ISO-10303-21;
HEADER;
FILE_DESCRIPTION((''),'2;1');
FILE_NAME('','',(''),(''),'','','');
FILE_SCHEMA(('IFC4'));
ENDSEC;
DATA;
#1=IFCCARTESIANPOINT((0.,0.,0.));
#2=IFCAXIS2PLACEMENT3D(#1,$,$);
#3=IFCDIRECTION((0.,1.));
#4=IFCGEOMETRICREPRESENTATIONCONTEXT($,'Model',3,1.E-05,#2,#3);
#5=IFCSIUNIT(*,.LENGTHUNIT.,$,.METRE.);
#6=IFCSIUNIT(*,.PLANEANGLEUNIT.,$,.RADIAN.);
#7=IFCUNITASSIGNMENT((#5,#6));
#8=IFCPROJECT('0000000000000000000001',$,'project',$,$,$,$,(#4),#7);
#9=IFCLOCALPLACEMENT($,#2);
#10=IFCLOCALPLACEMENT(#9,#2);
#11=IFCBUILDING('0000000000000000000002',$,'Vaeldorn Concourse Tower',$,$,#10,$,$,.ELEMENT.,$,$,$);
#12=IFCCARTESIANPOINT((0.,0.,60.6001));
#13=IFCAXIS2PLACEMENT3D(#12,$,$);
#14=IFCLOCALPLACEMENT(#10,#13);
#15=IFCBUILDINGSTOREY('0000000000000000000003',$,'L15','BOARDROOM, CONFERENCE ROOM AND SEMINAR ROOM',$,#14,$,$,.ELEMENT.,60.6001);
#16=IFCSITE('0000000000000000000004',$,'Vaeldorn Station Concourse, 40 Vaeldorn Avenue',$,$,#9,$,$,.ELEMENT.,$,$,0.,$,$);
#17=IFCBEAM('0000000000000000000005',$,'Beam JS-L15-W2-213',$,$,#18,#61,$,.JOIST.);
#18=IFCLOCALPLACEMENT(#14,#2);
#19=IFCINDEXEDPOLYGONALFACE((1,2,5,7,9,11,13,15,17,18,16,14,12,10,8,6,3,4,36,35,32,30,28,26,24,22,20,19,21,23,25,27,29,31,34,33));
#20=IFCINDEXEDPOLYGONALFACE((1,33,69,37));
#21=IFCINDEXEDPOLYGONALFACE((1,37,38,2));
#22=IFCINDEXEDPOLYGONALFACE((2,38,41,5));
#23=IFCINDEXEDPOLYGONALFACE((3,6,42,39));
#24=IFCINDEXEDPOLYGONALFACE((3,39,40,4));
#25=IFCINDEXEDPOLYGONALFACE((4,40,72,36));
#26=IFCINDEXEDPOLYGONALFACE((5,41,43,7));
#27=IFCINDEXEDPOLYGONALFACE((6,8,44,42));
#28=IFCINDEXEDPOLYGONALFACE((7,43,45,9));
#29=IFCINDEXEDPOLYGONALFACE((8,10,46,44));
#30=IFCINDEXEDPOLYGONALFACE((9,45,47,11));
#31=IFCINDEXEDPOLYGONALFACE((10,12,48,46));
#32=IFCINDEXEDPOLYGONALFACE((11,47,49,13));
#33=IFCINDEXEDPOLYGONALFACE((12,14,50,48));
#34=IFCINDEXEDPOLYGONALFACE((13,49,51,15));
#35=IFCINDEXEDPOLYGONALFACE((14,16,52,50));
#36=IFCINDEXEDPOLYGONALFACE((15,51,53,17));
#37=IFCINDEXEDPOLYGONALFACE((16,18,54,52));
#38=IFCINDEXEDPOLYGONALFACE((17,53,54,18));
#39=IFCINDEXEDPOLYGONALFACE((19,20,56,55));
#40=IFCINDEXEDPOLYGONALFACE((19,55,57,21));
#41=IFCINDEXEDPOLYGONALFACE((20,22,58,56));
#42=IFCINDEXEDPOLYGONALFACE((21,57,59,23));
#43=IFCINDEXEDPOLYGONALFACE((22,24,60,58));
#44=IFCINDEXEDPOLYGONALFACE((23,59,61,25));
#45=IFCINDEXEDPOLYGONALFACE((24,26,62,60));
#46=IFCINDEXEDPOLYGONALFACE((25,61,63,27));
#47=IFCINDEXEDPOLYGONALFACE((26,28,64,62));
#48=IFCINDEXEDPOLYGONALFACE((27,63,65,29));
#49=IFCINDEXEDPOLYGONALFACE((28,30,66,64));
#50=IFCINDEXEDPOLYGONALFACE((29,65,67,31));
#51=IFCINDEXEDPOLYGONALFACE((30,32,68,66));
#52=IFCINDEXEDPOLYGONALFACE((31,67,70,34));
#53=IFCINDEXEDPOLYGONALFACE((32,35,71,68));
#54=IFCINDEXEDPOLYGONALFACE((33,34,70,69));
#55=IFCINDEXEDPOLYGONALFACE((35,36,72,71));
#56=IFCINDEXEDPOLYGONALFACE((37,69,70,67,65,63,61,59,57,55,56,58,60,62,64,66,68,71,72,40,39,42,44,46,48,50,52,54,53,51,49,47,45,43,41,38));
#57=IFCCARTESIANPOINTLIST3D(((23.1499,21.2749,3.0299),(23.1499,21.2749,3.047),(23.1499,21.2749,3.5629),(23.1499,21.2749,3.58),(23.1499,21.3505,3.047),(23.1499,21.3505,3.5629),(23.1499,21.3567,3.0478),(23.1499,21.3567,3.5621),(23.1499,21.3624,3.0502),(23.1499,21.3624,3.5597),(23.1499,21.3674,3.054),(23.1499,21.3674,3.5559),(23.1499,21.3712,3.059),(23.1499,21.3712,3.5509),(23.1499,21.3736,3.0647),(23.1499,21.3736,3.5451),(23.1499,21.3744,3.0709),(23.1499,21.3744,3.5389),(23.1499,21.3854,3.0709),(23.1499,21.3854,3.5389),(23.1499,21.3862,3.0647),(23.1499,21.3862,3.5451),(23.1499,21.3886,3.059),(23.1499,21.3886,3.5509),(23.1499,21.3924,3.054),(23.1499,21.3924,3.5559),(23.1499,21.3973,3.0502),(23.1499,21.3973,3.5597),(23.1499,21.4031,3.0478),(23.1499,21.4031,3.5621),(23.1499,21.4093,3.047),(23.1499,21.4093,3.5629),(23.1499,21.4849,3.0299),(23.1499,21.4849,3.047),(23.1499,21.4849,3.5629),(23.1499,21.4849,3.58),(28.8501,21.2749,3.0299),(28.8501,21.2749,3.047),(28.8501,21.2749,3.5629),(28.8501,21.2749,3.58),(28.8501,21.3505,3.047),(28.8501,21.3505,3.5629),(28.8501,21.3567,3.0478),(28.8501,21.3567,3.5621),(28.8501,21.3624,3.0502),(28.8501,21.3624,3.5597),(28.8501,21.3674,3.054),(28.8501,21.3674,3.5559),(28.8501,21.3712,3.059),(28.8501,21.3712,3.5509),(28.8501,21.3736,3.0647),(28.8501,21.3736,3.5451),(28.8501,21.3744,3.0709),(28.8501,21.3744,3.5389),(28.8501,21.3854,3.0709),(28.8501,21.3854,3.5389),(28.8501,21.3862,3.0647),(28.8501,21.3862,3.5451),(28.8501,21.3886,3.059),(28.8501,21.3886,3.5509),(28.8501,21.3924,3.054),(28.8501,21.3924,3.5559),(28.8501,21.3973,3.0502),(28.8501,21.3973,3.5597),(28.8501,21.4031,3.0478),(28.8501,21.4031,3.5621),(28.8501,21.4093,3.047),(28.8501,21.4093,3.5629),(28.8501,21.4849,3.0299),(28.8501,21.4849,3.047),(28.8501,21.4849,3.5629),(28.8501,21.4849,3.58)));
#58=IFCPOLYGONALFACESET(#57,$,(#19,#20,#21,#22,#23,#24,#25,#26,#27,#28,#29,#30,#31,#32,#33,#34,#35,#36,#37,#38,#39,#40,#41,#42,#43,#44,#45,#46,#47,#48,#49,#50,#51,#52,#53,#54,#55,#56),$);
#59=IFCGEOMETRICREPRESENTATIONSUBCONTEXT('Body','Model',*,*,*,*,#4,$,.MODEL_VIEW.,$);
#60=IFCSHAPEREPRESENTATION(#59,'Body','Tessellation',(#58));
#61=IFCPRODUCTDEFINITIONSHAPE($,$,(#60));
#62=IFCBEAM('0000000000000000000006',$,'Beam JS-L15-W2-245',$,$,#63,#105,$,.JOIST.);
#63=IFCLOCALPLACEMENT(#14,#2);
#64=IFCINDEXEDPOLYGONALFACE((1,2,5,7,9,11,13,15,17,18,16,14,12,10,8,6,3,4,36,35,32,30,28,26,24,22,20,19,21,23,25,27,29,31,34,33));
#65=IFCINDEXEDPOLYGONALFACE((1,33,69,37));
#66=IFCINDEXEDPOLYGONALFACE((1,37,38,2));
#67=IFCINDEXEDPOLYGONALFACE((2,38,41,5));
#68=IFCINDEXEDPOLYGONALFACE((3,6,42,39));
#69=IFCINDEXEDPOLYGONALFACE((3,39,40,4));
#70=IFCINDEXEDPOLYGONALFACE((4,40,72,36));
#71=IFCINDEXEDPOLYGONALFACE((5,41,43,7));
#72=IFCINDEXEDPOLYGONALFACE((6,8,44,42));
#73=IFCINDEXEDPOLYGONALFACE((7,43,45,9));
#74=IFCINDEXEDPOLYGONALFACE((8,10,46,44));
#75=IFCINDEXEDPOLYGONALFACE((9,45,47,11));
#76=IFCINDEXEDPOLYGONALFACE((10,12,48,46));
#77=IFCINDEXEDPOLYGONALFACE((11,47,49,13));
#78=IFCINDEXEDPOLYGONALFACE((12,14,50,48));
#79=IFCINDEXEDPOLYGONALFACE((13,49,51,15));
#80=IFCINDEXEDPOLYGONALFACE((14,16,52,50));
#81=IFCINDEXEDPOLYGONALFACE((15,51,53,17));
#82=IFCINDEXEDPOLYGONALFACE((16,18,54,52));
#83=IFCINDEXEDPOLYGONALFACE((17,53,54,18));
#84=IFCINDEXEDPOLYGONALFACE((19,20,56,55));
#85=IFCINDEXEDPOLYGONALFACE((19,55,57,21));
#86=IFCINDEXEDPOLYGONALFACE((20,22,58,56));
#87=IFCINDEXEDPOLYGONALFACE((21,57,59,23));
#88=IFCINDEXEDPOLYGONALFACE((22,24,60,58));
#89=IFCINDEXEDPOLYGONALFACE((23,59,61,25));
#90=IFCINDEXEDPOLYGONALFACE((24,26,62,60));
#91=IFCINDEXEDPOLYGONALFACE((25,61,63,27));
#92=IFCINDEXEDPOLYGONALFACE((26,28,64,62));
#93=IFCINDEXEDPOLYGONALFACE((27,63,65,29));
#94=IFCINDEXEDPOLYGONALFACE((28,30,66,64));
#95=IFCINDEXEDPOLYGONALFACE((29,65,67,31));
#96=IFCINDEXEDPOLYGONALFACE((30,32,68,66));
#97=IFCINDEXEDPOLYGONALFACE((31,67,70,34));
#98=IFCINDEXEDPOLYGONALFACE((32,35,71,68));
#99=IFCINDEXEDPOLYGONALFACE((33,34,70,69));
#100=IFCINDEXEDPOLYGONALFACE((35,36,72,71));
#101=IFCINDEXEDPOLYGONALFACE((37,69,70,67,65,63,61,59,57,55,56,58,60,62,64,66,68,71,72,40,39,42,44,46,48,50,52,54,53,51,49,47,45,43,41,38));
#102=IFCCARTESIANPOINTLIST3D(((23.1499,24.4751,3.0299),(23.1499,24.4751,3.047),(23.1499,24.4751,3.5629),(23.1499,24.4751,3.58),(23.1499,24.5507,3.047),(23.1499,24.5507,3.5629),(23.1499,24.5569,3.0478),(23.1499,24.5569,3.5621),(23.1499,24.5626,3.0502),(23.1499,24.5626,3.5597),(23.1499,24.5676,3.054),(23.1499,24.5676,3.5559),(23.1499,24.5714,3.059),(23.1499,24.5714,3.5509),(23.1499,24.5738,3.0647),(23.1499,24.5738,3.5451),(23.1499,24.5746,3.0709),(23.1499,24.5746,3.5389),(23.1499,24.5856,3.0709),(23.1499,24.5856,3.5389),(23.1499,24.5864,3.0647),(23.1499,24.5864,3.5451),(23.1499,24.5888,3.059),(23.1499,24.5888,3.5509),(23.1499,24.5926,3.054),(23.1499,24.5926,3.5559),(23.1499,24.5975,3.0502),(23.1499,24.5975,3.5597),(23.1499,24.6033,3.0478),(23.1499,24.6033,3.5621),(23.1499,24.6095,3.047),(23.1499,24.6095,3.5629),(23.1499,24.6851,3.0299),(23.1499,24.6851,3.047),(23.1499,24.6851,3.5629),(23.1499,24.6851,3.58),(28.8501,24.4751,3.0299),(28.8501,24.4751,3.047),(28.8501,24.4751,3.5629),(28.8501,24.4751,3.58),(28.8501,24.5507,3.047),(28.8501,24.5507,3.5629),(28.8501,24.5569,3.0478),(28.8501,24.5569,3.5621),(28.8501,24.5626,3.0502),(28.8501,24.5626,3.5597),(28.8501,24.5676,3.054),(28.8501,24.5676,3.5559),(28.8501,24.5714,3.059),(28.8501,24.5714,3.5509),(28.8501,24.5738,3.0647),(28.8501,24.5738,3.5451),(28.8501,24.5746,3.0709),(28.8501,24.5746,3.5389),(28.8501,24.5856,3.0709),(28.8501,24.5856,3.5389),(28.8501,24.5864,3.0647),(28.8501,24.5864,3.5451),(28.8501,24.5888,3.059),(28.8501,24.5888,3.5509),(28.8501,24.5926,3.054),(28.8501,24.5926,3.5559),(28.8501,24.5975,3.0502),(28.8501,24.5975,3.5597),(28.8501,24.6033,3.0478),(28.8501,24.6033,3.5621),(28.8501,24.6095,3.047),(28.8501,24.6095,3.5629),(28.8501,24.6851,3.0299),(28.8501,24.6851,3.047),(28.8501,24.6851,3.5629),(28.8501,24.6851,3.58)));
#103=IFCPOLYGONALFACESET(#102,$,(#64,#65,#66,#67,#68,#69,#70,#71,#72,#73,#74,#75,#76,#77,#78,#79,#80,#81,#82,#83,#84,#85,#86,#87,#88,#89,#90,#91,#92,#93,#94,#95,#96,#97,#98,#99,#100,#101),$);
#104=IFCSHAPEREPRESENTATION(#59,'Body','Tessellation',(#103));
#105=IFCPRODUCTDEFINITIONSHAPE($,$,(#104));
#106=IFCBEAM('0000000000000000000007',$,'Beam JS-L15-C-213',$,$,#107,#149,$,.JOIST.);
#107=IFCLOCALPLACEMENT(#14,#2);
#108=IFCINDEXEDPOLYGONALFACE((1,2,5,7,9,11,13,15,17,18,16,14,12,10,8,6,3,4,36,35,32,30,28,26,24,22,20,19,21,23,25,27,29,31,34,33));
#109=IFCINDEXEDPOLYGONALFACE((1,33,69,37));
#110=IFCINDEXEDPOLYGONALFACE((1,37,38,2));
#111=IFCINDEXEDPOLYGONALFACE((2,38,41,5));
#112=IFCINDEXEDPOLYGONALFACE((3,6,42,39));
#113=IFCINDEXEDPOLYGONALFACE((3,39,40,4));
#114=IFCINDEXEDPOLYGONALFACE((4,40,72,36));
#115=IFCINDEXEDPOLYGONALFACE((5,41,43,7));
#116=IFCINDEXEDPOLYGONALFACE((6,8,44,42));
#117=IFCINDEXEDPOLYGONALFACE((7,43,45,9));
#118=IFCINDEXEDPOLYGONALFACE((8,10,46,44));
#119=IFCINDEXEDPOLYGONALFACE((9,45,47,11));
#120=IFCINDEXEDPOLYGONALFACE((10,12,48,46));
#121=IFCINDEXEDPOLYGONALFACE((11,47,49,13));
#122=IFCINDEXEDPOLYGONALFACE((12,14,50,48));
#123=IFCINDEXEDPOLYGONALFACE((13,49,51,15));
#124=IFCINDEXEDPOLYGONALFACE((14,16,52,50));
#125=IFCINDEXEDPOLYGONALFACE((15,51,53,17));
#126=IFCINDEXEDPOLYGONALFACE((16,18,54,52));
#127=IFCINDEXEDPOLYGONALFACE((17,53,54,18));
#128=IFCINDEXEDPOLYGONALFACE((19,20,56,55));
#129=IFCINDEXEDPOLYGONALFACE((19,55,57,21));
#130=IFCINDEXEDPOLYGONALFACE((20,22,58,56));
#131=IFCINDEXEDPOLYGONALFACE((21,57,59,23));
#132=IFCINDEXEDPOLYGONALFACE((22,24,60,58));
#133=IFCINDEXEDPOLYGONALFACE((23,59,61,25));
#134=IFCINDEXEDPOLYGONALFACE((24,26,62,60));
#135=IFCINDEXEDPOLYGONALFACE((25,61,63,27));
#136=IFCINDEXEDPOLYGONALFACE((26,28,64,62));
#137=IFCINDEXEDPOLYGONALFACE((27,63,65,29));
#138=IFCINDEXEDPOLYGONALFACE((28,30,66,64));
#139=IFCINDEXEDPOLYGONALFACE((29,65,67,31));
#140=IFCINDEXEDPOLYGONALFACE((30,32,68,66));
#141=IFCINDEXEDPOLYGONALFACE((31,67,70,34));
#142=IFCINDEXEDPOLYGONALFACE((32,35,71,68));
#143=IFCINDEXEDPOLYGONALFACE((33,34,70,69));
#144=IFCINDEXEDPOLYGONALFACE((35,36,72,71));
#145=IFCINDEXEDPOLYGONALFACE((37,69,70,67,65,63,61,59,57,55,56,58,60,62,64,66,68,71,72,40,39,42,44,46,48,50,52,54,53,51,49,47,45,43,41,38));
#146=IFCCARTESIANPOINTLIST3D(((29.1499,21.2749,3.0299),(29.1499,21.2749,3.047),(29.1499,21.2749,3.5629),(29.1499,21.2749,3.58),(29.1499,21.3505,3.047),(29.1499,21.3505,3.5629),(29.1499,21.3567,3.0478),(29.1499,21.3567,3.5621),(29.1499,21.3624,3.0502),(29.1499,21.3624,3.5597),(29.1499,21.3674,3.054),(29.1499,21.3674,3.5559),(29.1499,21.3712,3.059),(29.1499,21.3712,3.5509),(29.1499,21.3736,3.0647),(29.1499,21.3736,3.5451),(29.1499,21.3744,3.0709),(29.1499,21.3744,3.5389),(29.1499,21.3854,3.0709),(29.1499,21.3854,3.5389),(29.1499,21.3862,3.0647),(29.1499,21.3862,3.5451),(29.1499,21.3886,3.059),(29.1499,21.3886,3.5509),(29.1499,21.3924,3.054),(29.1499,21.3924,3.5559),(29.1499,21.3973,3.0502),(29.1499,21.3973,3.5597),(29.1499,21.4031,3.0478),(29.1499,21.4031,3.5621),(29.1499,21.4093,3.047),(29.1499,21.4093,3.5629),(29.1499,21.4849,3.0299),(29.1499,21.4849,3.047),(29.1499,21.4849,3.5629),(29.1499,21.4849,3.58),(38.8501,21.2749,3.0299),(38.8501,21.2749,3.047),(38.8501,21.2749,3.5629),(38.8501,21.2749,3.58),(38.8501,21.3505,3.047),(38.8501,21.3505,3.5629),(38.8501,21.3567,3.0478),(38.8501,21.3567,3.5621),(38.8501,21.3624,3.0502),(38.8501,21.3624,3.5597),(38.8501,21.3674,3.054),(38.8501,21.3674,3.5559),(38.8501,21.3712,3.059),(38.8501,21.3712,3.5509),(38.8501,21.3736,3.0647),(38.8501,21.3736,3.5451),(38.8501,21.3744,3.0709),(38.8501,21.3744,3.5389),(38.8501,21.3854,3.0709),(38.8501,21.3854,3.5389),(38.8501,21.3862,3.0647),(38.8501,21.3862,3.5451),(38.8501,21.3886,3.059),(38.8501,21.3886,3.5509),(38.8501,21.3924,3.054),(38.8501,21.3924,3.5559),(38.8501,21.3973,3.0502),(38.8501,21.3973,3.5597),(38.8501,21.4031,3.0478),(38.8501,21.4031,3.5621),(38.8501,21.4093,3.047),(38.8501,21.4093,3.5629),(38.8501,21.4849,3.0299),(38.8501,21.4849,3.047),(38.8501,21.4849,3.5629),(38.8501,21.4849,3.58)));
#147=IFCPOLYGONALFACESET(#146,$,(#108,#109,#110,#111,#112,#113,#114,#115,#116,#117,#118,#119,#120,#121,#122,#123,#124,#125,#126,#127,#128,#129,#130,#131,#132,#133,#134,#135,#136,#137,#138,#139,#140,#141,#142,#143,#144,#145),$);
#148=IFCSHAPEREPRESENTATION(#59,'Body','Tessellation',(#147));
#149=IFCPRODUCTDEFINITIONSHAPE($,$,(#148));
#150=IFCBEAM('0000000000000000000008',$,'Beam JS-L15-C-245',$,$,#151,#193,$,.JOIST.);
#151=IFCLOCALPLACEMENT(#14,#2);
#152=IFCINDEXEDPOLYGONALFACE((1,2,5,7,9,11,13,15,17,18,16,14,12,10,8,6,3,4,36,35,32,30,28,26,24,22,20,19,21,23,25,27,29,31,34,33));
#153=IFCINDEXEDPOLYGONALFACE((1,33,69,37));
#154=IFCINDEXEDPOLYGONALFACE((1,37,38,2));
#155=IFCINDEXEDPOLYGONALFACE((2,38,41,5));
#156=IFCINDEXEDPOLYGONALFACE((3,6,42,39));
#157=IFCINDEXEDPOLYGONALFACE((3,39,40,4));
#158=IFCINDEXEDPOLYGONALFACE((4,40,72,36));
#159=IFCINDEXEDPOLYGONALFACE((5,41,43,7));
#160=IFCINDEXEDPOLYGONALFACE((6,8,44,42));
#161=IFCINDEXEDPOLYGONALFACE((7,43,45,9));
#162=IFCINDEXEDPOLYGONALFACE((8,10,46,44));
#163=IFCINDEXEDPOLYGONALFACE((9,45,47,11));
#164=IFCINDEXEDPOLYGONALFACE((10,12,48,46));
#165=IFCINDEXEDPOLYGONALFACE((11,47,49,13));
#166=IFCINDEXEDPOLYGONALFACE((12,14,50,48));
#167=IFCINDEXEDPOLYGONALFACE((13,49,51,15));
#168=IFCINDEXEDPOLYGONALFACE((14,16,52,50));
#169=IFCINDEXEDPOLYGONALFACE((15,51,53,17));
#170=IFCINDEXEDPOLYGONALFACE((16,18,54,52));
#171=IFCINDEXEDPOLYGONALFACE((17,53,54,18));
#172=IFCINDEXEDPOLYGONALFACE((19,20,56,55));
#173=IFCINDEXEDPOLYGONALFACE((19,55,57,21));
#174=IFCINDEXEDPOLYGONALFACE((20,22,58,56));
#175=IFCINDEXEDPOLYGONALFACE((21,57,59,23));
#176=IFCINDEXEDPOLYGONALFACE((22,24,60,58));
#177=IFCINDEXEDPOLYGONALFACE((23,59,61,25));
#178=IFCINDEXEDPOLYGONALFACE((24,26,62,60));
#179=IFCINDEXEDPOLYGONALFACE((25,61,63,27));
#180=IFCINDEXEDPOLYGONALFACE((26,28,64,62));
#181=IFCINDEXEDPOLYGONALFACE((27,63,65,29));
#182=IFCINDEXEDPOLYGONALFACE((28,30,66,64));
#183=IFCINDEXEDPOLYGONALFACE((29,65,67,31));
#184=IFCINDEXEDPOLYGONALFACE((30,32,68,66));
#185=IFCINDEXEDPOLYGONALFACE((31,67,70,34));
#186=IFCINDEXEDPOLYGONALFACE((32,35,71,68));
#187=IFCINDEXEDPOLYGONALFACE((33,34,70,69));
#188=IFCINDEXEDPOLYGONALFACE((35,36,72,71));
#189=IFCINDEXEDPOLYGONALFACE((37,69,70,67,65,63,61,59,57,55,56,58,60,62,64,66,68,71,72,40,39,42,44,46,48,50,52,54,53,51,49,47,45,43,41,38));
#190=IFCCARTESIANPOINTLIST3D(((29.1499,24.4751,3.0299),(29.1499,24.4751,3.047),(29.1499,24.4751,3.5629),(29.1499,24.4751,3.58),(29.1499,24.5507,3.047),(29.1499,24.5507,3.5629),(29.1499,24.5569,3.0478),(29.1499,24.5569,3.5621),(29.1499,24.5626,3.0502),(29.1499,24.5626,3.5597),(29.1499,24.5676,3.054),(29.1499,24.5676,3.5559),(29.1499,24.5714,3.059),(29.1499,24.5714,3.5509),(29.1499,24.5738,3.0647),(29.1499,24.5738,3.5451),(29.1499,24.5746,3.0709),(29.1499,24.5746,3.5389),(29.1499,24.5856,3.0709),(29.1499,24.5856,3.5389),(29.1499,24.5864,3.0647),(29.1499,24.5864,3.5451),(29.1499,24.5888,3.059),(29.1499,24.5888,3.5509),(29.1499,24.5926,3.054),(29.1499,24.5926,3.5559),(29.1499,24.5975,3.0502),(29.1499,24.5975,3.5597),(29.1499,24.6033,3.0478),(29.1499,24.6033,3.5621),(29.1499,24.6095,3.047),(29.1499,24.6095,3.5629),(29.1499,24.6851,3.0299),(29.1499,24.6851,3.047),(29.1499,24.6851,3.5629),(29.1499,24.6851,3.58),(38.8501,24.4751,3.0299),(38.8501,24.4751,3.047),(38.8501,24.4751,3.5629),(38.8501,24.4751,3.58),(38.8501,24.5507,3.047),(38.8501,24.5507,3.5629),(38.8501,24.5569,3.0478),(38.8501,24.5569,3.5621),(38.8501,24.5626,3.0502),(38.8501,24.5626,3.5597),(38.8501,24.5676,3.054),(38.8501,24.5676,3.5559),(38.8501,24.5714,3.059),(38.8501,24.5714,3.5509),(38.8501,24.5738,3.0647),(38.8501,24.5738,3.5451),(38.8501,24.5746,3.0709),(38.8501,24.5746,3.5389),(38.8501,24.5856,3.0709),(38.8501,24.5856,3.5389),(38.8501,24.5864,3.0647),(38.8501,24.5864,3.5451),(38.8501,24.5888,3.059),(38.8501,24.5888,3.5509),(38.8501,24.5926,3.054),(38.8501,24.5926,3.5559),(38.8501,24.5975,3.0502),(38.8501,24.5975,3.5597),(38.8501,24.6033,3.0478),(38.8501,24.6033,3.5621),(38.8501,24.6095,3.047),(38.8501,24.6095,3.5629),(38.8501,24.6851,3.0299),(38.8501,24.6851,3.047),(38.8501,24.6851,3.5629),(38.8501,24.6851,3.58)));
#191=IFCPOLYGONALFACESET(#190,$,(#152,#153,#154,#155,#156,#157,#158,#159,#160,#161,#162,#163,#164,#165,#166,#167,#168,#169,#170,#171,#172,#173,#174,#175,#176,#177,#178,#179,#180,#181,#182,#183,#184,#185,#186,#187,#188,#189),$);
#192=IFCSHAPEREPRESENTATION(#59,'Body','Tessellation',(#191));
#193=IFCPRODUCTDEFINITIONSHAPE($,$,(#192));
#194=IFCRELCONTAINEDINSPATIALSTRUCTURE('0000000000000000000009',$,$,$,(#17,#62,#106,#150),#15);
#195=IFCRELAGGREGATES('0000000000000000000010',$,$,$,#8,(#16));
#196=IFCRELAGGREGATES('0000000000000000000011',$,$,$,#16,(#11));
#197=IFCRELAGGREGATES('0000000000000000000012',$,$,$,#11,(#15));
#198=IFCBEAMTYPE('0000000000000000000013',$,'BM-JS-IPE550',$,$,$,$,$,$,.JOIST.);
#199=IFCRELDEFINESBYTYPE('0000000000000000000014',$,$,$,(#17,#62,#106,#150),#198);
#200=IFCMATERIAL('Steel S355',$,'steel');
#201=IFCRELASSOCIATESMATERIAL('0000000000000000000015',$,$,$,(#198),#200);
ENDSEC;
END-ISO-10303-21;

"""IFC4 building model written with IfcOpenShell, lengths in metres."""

from ifc_helpers import new_model, si_unit, direction, frame, origin, origin_2d, place, context, subcontext, project, spatial, i_section, extrude, source, transform, mapped, material, material_profile, profile_set, type_object, element, save


model = new_model("IFC4")

# Units and contexts
model_context = context("Model", 3, precision=1e-05, world=origin(), true_north=direction((0.0, 1.0)))
body_context = subcontext(model_context, "Body", "Model", "MODEL_VIEW")
ifc_project = project(units=[si_unit("LENGTHUNIT", "METRE"), si_unit("PLANEANGLEUNIT", "RADIAN")], contexts=[model_context])

# Site, building, storey
site_placement = place(None, origin())
site = spatial("IfcSite", under=ifc_project, at=site_placement, Name="Vaeldorn Station Concourse, 40 Vaeldorn Avenue", CompositionType="ELEMENT", RefElevation=0.0)
building_placement = place(site_placement, origin())
building = spatial("IfcBuilding", under=site, at=building_placement, Name="Vaeldorn Concourse Tower", CompositionType="ELEMENT")
storey_placement = place(building_placement, frame((0.0, 0.0, 60.6001)))
storey = spatial("IfcBuildingStorey", under=building, at=storey_placement, Name="L15", Description="BOARDROOM, CONFERENCE ROOM AND SEMINAR ROOM", CompositionType="ELEMENT", Elevation=60.6001)

# Beams
ifc_material_1 = material(Name="Steel S355", Category="steel")
ifc_material_profile_1 = material_profile(ifc_material_1, i_section(OverallWidth=0.21, OverallDepth=0.55, WebThickness=0.011, FlangeThickness=0.0171, FilletRadius=0.0239, at=origin_2d()), Name="IPE 550")
ifc_profile_set_1 = profile_set([ifc_material_profile_1], Name="Steel S355")
beam_type_1 = type_object("IfcBeamType", Name="BM-JS-IPE550", PredefinedType="JOIST", material=ifc_profile_set_1)
shared_shape_1 = source(origin(), body_context, "Body", "SweptSolid", [
    extrude(i_section(OverallWidth=0.21, OverallDepth=0.55, WebThickness=0.011, FlangeThickness=0.0171, FilletRadius=0.0239, at=origin_2d()), origin(), (0.0, 0.0, 1.0), 5.7002),
])
for number, where, z_axis, x_axis, name in (
    (1, (23.1499, 21.3799, 3.3049), (1.0, 0.0, 0.0), (0.0, 1.0, 0.0), "Beam JS-L15-W2-213"),
    (2, (23.1499, 24.5801, 3.3049), (1.0, 0.0, 0.0), (0.0, 1.0, 0.0), "Beam JS-L15-W2-245"),
):
    element("IfcBeam", number, at=place(storey_placement, frame(where, z_axis=z_axis, x_axis=x_axis)), inside=storey, type_object=beam_type_1, Name=name, PredefinedType="JOIST", context=body_context, shape_type="MappedRepresentation", body=[
        mapped(shared_shape_1, transform((0.0, 0.0, 0.0), scale=1.0)),
    ])
shared_shape_2 = source(origin(), body_context, "Body", "SweptSolid", [
    extrude(i_section(OverallWidth=0.21, OverallDepth=0.55, WebThickness=0.011, FlangeThickness=0.0171, FilletRadius=0.0239, at=origin_2d()), origin(), (0.0, 0.0, 1.0), 9.7002),
])
for number, where, z_axis, x_axis, name in (
    (3, (29.1499, 21.3799, 3.3049), (1.0, 0.0, 0.0), (0.0, 1.0, 0.0), "Beam JS-L15-C-213"),
    (4, (29.1499, 24.5801, 3.3049), (1.0, 0.0, 0.0), (0.0, 1.0, 0.0), "Beam JS-L15-C-245"),
):
    element("IfcBeam", number, at=place(storey_placement, frame(where, z_axis=z_axis, x_axis=x_axis)), inside=storey, type_object=beam_type_1, Name=name, PredefinedType="JOIST", context=body_context, shape_type="MappedRepresentation", body=[
        mapped(shared_shape_2, transform((0.0, 0.0, 0.0), scale=1.0)),
    ])

save(model, "model.ifc")
